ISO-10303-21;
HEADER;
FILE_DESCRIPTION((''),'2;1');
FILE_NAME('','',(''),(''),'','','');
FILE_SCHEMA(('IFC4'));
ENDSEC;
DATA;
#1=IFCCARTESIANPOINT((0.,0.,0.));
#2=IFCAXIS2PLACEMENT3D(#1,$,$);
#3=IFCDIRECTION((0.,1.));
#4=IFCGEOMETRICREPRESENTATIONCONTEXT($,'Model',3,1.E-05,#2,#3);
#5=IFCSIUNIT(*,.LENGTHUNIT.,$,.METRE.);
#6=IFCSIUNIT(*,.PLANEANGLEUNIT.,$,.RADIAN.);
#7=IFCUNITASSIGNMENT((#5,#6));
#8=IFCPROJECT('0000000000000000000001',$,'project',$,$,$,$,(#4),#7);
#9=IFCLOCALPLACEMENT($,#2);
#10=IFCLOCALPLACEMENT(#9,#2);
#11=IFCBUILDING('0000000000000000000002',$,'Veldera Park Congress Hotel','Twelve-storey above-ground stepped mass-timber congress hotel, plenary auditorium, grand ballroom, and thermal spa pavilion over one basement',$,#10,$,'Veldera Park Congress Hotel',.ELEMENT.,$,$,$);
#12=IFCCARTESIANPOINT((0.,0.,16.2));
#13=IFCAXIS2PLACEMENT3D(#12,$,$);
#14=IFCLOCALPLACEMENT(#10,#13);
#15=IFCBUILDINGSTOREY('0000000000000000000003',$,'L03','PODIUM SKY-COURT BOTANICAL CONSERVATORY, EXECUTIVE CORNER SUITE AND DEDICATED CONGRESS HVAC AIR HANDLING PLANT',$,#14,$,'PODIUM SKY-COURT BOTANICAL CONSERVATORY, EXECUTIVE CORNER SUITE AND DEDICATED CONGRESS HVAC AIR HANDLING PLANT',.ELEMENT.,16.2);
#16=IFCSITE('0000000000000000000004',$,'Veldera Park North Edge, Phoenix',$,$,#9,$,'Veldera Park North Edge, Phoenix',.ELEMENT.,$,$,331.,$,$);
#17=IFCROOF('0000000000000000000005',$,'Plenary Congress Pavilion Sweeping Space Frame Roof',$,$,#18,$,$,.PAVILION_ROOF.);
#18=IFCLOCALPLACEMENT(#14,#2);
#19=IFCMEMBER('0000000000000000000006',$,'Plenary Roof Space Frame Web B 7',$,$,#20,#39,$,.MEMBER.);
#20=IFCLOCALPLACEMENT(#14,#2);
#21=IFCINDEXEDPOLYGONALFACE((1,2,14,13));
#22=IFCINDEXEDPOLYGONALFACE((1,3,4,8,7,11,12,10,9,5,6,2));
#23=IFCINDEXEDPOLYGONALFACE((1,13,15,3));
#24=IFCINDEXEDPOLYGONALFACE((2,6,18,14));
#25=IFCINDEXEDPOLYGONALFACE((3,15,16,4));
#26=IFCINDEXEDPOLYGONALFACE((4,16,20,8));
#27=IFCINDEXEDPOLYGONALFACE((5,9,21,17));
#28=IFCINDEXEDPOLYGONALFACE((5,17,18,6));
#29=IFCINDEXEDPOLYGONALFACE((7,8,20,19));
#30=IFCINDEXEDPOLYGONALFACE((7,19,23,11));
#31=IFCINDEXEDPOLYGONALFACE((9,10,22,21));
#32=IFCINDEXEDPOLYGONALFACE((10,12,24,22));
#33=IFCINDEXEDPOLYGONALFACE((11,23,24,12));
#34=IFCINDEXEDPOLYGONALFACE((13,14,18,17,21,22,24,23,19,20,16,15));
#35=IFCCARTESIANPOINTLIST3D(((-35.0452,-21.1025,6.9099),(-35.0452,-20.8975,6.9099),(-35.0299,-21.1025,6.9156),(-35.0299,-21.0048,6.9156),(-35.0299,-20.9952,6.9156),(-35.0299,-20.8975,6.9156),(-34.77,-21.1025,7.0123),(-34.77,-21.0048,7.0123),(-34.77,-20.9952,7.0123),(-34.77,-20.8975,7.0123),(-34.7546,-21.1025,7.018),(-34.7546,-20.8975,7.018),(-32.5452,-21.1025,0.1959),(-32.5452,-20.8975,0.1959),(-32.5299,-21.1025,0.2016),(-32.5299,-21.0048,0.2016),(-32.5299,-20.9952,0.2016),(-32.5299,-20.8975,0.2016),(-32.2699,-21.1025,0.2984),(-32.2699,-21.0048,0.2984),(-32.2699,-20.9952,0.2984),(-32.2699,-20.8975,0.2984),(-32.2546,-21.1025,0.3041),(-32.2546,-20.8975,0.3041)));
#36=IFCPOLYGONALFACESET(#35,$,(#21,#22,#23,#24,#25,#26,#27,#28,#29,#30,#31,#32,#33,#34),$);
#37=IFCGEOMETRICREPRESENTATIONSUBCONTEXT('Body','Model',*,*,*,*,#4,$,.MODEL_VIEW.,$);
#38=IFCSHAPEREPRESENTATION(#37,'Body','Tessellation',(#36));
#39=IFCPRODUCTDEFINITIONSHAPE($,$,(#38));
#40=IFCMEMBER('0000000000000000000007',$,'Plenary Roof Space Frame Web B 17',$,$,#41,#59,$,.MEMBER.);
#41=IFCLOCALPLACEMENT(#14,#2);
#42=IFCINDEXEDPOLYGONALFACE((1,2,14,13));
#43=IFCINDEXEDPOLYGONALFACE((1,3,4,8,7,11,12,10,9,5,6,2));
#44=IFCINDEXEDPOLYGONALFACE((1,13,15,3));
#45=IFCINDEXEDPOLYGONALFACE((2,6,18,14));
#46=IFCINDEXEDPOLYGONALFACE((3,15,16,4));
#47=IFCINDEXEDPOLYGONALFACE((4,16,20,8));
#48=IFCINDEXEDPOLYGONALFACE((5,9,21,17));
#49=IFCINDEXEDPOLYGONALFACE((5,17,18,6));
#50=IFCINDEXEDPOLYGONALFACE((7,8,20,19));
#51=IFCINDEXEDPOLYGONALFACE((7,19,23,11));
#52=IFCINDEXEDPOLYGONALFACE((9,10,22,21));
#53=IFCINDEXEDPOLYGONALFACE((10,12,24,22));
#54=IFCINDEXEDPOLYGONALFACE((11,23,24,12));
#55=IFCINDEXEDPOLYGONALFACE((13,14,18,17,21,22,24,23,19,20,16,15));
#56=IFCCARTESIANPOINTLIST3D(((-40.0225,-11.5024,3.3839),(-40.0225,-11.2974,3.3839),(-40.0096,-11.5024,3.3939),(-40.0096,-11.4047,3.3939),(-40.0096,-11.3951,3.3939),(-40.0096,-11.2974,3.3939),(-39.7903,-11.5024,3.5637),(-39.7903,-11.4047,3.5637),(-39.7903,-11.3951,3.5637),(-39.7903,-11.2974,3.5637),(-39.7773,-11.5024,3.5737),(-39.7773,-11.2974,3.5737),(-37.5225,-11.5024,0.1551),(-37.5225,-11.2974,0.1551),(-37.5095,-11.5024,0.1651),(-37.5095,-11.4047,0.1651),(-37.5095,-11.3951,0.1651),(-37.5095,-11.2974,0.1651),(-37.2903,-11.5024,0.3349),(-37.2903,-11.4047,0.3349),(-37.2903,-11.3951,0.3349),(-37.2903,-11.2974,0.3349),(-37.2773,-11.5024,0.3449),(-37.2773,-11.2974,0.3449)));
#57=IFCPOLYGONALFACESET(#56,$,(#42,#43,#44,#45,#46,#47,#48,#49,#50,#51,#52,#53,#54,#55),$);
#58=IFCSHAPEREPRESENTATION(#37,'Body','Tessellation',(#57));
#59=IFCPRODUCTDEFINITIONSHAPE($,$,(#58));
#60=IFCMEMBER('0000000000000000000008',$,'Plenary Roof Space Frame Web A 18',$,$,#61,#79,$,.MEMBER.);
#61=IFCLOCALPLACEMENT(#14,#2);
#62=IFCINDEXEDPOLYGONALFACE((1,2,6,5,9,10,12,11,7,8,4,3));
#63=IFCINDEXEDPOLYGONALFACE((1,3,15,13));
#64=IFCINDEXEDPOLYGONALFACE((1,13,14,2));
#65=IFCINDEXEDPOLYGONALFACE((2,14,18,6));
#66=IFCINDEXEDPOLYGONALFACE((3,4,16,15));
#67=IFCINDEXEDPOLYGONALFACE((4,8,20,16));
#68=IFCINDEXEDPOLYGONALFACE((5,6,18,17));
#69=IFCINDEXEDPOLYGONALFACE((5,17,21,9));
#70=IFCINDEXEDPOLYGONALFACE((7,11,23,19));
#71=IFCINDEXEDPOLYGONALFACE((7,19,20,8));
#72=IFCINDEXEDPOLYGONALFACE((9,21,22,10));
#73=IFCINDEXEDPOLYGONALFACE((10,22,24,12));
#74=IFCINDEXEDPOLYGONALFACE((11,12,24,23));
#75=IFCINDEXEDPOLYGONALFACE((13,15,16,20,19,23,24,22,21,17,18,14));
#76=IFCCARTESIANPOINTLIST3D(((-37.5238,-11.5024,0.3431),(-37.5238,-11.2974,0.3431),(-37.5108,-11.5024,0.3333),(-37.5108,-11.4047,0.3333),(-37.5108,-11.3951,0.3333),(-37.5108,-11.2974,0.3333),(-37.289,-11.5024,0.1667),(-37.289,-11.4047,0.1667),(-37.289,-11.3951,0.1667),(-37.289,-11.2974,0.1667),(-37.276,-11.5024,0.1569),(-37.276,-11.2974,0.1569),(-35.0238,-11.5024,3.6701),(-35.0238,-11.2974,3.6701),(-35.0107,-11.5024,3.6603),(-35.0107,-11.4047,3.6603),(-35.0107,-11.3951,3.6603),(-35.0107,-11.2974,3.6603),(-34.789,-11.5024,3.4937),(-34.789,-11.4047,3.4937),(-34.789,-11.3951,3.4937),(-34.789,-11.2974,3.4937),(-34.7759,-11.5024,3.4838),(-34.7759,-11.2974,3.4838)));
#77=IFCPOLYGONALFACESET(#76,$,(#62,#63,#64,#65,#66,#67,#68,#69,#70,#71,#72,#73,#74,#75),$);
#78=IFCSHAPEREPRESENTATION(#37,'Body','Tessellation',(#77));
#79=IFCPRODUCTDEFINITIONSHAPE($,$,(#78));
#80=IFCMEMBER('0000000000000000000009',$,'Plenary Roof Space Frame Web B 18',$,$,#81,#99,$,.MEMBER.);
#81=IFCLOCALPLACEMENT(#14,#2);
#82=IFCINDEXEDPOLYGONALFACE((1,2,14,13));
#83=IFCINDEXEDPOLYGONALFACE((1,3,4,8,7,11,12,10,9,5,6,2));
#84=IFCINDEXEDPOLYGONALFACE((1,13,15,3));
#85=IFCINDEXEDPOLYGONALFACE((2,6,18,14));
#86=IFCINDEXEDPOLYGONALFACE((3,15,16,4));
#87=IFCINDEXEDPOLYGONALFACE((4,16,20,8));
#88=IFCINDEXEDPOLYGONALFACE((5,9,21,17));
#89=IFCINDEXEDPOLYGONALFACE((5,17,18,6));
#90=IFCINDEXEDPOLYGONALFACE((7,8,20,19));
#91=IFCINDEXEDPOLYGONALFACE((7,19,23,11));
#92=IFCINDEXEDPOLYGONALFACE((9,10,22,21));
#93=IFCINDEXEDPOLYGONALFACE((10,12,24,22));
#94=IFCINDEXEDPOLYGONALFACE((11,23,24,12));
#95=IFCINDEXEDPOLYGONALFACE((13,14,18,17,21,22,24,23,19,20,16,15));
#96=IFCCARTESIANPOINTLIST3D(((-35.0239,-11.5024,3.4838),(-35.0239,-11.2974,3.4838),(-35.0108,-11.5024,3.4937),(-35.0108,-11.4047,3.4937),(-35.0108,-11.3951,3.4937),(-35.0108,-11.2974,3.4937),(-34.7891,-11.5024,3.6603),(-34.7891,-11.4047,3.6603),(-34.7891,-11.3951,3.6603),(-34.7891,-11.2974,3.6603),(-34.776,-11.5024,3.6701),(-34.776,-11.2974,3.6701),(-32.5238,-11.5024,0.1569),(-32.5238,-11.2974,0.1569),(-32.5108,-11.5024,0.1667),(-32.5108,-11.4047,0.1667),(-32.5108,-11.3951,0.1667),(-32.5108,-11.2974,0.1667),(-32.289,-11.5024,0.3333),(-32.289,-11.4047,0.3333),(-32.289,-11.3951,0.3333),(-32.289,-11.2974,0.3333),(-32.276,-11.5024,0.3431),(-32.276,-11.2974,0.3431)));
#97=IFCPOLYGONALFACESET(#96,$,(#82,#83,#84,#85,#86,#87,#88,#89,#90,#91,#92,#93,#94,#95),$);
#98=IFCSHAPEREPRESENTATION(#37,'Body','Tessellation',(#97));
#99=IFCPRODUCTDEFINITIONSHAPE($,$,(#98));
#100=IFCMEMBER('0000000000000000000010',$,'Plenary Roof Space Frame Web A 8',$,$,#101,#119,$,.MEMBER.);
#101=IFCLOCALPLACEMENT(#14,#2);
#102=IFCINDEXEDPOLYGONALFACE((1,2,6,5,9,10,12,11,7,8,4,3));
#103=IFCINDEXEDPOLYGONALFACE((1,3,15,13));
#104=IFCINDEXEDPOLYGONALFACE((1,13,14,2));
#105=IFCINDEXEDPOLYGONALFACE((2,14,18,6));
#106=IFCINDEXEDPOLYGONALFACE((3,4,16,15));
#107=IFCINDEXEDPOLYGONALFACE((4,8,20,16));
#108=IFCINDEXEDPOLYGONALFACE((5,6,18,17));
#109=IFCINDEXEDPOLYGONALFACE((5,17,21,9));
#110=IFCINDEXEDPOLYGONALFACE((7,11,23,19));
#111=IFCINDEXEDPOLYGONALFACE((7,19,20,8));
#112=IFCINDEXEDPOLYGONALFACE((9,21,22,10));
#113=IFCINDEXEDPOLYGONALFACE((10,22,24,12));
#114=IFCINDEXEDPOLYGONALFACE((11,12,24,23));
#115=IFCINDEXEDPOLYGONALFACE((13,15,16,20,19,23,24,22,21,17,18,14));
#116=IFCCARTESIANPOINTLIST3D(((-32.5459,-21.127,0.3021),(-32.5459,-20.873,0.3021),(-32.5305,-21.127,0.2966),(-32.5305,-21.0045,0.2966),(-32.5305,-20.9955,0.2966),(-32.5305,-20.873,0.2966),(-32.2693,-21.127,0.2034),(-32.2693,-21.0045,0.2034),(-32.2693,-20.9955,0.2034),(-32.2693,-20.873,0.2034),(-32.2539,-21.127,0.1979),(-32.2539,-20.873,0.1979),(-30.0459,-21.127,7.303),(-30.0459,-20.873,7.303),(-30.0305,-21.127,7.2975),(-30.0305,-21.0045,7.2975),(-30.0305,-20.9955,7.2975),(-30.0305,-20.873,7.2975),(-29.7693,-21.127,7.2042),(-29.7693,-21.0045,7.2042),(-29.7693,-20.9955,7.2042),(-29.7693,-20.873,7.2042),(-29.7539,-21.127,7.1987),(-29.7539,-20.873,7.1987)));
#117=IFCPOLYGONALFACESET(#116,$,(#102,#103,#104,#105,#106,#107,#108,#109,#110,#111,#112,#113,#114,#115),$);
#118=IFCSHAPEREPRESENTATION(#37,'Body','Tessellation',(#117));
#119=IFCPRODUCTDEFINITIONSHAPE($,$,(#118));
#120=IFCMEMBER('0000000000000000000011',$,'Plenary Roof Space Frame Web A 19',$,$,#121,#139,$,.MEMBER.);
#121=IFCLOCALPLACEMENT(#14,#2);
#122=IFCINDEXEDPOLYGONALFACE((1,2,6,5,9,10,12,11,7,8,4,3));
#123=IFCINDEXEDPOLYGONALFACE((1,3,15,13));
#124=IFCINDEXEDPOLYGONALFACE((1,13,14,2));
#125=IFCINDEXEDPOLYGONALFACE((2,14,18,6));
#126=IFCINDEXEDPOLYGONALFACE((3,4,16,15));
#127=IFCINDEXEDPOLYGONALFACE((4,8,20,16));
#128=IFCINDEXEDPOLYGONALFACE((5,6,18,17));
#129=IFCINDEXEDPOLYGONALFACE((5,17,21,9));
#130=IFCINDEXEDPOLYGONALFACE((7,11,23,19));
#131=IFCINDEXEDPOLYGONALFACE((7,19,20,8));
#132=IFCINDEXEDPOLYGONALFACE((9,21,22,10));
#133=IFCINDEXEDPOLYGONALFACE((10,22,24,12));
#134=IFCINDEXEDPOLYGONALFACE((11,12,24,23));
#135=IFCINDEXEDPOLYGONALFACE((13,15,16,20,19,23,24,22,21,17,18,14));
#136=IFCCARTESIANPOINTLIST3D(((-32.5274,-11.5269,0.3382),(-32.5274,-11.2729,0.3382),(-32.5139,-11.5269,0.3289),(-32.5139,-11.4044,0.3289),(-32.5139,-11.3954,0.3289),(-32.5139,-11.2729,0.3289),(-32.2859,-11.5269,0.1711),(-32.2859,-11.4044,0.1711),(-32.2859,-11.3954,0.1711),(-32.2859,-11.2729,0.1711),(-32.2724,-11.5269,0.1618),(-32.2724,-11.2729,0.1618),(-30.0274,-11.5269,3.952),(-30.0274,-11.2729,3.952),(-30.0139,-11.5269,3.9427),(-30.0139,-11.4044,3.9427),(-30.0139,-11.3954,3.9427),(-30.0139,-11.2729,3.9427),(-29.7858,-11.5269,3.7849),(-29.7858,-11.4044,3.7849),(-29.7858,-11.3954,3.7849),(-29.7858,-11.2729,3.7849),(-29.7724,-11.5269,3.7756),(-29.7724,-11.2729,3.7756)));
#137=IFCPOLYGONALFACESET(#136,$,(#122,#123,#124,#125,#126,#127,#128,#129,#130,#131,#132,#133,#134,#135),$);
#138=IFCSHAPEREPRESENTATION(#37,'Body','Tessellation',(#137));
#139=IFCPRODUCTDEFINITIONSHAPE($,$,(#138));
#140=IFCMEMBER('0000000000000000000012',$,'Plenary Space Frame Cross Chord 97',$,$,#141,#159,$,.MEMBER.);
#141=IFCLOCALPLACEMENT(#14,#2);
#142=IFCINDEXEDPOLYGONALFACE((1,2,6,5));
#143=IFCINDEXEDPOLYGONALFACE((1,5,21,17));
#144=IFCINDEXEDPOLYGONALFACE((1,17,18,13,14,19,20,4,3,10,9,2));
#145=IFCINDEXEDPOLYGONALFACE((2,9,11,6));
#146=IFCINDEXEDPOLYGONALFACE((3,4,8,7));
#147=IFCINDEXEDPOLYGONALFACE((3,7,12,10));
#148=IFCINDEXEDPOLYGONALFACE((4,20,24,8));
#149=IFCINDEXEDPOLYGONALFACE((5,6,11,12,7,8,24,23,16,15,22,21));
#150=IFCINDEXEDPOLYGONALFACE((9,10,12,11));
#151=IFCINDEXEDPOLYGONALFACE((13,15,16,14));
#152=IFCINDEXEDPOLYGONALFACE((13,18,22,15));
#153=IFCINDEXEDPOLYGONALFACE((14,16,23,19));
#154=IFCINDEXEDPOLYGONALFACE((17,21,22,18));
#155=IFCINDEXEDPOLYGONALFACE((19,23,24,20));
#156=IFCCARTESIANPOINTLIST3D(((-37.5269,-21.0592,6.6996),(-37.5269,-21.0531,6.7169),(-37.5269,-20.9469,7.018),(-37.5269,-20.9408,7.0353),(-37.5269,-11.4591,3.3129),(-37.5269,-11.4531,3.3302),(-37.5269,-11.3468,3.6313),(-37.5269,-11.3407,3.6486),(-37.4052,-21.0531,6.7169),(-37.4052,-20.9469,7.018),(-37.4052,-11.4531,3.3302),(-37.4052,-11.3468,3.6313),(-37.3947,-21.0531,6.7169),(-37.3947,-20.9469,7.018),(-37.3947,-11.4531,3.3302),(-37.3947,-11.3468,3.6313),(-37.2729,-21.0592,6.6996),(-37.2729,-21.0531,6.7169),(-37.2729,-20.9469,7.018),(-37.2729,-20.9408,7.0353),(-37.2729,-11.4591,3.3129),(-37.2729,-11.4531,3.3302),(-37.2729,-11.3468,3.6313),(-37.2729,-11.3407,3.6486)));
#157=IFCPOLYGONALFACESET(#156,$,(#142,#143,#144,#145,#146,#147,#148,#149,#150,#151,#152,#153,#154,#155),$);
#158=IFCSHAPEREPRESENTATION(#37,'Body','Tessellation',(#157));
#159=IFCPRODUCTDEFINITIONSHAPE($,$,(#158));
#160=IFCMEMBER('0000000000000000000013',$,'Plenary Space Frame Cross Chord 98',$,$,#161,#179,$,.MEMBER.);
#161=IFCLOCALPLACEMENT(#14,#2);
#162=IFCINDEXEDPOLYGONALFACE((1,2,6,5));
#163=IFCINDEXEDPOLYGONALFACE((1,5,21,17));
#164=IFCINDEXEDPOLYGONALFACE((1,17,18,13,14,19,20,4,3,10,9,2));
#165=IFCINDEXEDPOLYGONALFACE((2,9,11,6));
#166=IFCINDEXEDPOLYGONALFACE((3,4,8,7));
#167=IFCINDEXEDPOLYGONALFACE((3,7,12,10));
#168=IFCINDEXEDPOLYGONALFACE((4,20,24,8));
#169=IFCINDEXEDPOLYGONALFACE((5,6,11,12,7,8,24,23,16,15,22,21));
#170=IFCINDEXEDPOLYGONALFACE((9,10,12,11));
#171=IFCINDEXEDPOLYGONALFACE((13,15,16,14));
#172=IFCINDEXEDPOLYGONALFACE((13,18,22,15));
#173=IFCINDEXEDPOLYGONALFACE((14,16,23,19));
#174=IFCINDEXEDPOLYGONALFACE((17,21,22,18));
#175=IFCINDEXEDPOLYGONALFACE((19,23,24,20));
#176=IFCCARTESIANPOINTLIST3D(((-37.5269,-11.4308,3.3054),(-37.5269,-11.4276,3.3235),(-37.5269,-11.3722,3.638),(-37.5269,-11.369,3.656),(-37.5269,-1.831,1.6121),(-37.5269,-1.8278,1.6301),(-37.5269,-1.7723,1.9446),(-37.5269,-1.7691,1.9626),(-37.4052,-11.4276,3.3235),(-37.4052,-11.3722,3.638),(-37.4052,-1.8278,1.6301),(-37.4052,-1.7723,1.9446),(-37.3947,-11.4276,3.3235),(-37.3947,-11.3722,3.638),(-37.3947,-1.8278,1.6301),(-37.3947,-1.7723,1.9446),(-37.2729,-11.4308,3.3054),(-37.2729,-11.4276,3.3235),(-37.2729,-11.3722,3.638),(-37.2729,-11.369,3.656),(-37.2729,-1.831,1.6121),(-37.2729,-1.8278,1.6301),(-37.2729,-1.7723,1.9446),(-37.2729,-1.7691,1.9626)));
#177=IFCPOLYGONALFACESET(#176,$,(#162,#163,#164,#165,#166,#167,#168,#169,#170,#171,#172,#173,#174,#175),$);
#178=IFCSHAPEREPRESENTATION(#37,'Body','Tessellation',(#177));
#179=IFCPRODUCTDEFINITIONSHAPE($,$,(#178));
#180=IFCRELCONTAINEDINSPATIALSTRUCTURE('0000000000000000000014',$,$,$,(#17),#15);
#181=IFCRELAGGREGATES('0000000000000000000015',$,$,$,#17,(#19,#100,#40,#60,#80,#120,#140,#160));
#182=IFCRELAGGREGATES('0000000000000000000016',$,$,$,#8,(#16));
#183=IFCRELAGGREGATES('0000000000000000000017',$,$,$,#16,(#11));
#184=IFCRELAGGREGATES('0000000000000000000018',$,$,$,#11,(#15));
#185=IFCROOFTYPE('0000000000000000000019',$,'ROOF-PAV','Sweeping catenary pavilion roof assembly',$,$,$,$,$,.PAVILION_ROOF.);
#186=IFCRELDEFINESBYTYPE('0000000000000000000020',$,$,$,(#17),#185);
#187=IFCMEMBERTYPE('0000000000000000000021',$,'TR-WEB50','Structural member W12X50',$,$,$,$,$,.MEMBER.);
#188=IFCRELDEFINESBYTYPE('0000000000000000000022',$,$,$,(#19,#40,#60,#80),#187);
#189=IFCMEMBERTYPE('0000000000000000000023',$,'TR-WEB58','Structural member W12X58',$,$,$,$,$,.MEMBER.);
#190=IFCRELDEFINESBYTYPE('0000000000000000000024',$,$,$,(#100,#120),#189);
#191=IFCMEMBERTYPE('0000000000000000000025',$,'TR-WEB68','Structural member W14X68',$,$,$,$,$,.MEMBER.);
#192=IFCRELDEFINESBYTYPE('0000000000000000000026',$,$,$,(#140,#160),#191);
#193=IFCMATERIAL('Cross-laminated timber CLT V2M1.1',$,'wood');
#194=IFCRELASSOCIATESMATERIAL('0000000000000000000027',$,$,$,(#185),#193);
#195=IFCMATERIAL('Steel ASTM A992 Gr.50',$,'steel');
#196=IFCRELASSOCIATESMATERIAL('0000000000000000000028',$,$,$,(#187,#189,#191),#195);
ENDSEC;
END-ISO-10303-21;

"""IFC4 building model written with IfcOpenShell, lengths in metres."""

from ifc_helpers import new_model, si_unit, direction, frame, origin, origin_2d, place, context, subcontext, project, spatial, i_section, extrude, material, material_profile, profile_set, type_object, element, aggregate, save


model = new_model("IFC4")

# Units and contexts
model_context = context("Model", 3, precision=1e-05, world=origin(), true_north=direction((0.0, 1.0)))
body_context = subcontext(model_context, "Body", "Model", "MODEL_VIEW")
ifc_project = project(units=[si_unit("LENGTHUNIT", "METRE"), si_unit("PLANEANGLEUNIT", "RADIAN")], contexts=[model_context])

# Site, building, storey
site_placement = place(None, origin())
site = spatial("IfcSite", under=ifc_project, at=site_placement, Name="Veldera Park North Edge, Phoenix", LongName="Veldera Park North Edge, Phoenix", CompositionType="ELEMENT", RefElevation=331.0)
building_placement = place(site_placement, origin())
building = spatial("IfcBuilding", under=site, at=building_placement, Name="Veldera Park Congress Hotel", Description="Twelve-storey above-ground stepped mass-timber congress hotel, plenary auditorium, grand ballroom, and thermal spa pavilion over one basement", LongName="Veldera Park Congress Hotel", CompositionType="ELEMENT")
storey_placement = place(building_placement, frame((0.0, 0.0, 16.2)))
storey = spatial("IfcBuildingStorey", under=building, at=storey_placement, Name="L03", Description="PODIUM SKY-COURT BOTANICAL CONSERVATORY, EXECUTIVE CORNER SUITE AND DEDICATED CONGRESS HVAC AIR HANDLING PLANT", LongName="PODIUM SKY-COURT BOTANICAL CONSERVATORY, EXECUTIVE CORNER SUITE AND DEDICATED CONGRESS HVAC AIR HANDLING PLANT", CompositionType="ELEMENT", Elevation=16.2)

# Shared definitions
ifc_material_1 = material(Name="Steel ASTM A992 Gr.50", Category="steel")

# Roof, members
ifc_material_2 = material(Name="Cross-laminated timber CLT V2M1.1", Category="wood")
roof_type = type_object("IfcRoofType", Name="ROOF-PAV", Description="Sweeping catenary pavilion roof assembly", PredefinedType="PAVILION_ROOF", material=ifc_material_2)
roof_placement = place(storey_placement, origin())
roof = element("IfcRoof", 1, at=roof_placement, inside=storey, type_object=roof_type, Name="Plenary Congress Pavilion Sweeping Space Frame Roof", PredefinedType="PAVILION_ROOF")
ifc_material_profile_1 = material_profile(ifc_material_1, i_section(OverallWidth=0.2051, OverallDepth=0.3101, WebThickness=0.0095, FlangeThickness=0.0164, at=origin_2d()), Name="W12X50")
ifc_profile_set_1 = profile_set([ifc_material_profile_1], Name="Steel ASTM A992 Gr.50")
member_type_1 = type_object("IfcMemberType", Name="TR-WEB50", Description="Structural member W12X50", PredefinedType="MEMBER", material=ifc_profile_set_1)
member_1_placement = place(storey_placement, frame((-32.3999, -21.0, 0.25), z_axis=(-0.348956, 0.0, 0.937139), x_axis=(0.0, -1.0, 0.0)))
member_1 = element("IfcMember", 2, at=member_1_placement, type_object=member_type_1, Name="Plenary Roof Space Frame Web B 7", PredefinedType="MEMBER", context=body_context, shape_type="SweptSolid", body=[
    extrude(i_section(OverallWidth=0.2051, OverallDepth=0.3101, WebThickness=0.0095, FlangeThickness=0.0164, at=origin_2d()), origin(), (0.0, 0.0, 1.0), 7.1643),
])
member_2_placement = place(storey_placement, frame((-37.3999, -11.3999, 0.25), z_axis=(-0.612221, 0.0, 0.790686), x_axis=(0.0, -1.0, 0.0)))
member_2 = element("IfcMember", 3, at=member_2_placement, type_object=member_type_1, Name="Plenary Roof Space Frame Web B 17", PredefinedType="MEMBER", context=body_context, shape_type="SweptSolid", body=[
    extrude(i_section(OverallWidth=0.2051, OverallDepth=0.3101, WebThickness=0.0095, FlangeThickness=0.0164, at=origin_2d()), origin(), (0.0, 0.0, 1.0), 4.0835),
])
member_3_placement = place(storey_placement, frame((-37.3999, -11.3999, 0.25), z_axis=(0.600741, 0.0, 0.799444), x_axis=(0.0, 1.0, 0.0)))
member_3 = element("IfcMember", 4, at=member_3_placement, type_object=member_type_1, Name="Plenary Roof Space Frame Web A 18", PredefinedType="MEMBER", context=body_context, shape_type="SweptSolid", body=[
    extrude(i_section(OverallWidth=0.2051, OverallDepth=0.3101, WebThickness=0.0095, FlangeThickness=0.0164, at=origin_2d()), origin(), (0.0, 0.0, 1.0), 4.1616),
])
member_4_placement = place(storey_placement, frame((-32.3999, -11.3999, 0.25), z_axis=(-0.600741, 0.0, 0.799444), x_axis=(0.0, -1.0, 0.0)))
member_4 = element("IfcMember", 5, at=member_4_placement, type_object=member_type_1, Name="Plenary Roof Space Frame Web B 18", PredefinedType="MEMBER", context=body_context, shape_type="SweptSolid", body=[
    extrude(i_section(OverallWidth=0.2051, OverallDepth=0.3101, WebThickness=0.0095, FlangeThickness=0.0164, at=origin_2d()), origin(), (0.0, 0.0, 1.0), 4.1616),
])
ifc_material_profile_2 = material_profile(ifc_material_1, i_section(OverallWidth=0.2539, OverallDepth=0.3101, WebThickness=0.009, FlangeThickness=0.0164, at=origin_2d()), Name="W12X58")
ifc_profile_set_2 = profile_set([ifc_material_profile_2], Name="Steel ASTM A992 Gr.50")
member_type_2 = type_object("IfcMemberType", Name="TR-WEB58", Description="Structural member W12X58", PredefinedType="MEMBER", material=ifc_profile_set_2)
member_5_placement = place(storey_placement, frame((-32.3999, -21.0, 0.25), z_axis=(0.336305, 0.0, 0.941753), x_axis=(0.0, 1.0, 0.0)))
member_5 = element("IfcMember", 6, at=member_5_placement, type_object=member_type_2, Name="Plenary Roof Space Frame Web A 8", PredefinedType="MEMBER", context=body_context, shape_type="SweptSolid", body=[
    extrude(i_section(OverallWidth=0.2539, OverallDepth=0.3101, WebThickness=0.009, FlangeThickness=0.0164, at=origin_2d()), origin(), (0.0, 0.0, 1.0), 7.4338),
])
member_6_placement = place(storey_placement, frame((-32.3999, -11.3999, 0.25), z_axis=(0.568927, 0.0, 0.822388), x_axis=(0.0, 1.0, 0.0)))
member_6 = element("IfcMember", 7, at=member_6_placement, type_object=member_type_2, Name="Plenary Roof Space Frame Web A 19", PredefinedType="MEMBER", context=body_context, shape_type="SweptSolid", body=[
    extrude(i_section(OverallWidth=0.2539, OverallDepth=0.3101, WebThickness=0.009, FlangeThickness=0.0164, at=origin_2d()), origin(), (0.0, 0.0, 1.0), 4.3943),
])
ifc_material_profile_3 = material_profile(ifc_material_1, i_section(OverallWidth=0.2539, OverallDepth=0.356, WebThickness=0.0105, FlangeThickness=0.0183, at=origin_2d()), Name="W14X68")
ifc_profile_set_3 = profile_set([ifc_material_profile_3], Name="Steel ASTM A992 Gr.50")
member_type_3 = type_object("IfcMemberType", Name="TR-WEB68", Description="Structural member W14X68", PredefinedType="MEMBER", material=ifc_profile_set_3)
member_7_placement = place(storey_placement, frame((-37.3999, -21.0, 6.8674), z_axis=(0.0, 0.943038, -0.332685), x_axis=(-1.0, 0.0, 0.0)))
member_7 = element("IfcMember", 8, at=member_7_placement, type_object=member_type_3, Name="Plenary Space Frame Cross Chord 97", PredefinedType="MEMBER", context=body_context, shape_type="SweptSolid", body=[
    extrude(i_section(OverallWidth=0.2539, OverallDepth=0.356, WebThickness=0.0105, FlangeThickness=0.0183, at=origin_2d()), origin(), (0.0, 0.0, 1.0), 10.1799),
])
member_8_placement = place(storey_placement, frame((-37.3999, -11.3999, 3.4807), z_axis=(0.0, 0.984796, -0.173712), x_axis=(-1.0, 0.0, 0.0)))
member_8 = element("IfcMember", 9, at=member_8_placement, type_object=member_type_3, Name="Plenary Space Frame Cross Chord 98", PredefinedType="MEMBER", context=body_context, shape_type="SweptSolid", body=[
    extrude(i_section(OverallWidth=0.2539, OverallDepth=0.356, WebThickness=0.0105, FlangeThickness=0.0183, at=origin_2d()), origin(), (0.0, 0.0, 1.0), 9.748),
])
aggregate(roof, [member_1, member_5, member_2, member_3, member_4, member_6, member_7, member_8])

save(model, "model.ifc")
